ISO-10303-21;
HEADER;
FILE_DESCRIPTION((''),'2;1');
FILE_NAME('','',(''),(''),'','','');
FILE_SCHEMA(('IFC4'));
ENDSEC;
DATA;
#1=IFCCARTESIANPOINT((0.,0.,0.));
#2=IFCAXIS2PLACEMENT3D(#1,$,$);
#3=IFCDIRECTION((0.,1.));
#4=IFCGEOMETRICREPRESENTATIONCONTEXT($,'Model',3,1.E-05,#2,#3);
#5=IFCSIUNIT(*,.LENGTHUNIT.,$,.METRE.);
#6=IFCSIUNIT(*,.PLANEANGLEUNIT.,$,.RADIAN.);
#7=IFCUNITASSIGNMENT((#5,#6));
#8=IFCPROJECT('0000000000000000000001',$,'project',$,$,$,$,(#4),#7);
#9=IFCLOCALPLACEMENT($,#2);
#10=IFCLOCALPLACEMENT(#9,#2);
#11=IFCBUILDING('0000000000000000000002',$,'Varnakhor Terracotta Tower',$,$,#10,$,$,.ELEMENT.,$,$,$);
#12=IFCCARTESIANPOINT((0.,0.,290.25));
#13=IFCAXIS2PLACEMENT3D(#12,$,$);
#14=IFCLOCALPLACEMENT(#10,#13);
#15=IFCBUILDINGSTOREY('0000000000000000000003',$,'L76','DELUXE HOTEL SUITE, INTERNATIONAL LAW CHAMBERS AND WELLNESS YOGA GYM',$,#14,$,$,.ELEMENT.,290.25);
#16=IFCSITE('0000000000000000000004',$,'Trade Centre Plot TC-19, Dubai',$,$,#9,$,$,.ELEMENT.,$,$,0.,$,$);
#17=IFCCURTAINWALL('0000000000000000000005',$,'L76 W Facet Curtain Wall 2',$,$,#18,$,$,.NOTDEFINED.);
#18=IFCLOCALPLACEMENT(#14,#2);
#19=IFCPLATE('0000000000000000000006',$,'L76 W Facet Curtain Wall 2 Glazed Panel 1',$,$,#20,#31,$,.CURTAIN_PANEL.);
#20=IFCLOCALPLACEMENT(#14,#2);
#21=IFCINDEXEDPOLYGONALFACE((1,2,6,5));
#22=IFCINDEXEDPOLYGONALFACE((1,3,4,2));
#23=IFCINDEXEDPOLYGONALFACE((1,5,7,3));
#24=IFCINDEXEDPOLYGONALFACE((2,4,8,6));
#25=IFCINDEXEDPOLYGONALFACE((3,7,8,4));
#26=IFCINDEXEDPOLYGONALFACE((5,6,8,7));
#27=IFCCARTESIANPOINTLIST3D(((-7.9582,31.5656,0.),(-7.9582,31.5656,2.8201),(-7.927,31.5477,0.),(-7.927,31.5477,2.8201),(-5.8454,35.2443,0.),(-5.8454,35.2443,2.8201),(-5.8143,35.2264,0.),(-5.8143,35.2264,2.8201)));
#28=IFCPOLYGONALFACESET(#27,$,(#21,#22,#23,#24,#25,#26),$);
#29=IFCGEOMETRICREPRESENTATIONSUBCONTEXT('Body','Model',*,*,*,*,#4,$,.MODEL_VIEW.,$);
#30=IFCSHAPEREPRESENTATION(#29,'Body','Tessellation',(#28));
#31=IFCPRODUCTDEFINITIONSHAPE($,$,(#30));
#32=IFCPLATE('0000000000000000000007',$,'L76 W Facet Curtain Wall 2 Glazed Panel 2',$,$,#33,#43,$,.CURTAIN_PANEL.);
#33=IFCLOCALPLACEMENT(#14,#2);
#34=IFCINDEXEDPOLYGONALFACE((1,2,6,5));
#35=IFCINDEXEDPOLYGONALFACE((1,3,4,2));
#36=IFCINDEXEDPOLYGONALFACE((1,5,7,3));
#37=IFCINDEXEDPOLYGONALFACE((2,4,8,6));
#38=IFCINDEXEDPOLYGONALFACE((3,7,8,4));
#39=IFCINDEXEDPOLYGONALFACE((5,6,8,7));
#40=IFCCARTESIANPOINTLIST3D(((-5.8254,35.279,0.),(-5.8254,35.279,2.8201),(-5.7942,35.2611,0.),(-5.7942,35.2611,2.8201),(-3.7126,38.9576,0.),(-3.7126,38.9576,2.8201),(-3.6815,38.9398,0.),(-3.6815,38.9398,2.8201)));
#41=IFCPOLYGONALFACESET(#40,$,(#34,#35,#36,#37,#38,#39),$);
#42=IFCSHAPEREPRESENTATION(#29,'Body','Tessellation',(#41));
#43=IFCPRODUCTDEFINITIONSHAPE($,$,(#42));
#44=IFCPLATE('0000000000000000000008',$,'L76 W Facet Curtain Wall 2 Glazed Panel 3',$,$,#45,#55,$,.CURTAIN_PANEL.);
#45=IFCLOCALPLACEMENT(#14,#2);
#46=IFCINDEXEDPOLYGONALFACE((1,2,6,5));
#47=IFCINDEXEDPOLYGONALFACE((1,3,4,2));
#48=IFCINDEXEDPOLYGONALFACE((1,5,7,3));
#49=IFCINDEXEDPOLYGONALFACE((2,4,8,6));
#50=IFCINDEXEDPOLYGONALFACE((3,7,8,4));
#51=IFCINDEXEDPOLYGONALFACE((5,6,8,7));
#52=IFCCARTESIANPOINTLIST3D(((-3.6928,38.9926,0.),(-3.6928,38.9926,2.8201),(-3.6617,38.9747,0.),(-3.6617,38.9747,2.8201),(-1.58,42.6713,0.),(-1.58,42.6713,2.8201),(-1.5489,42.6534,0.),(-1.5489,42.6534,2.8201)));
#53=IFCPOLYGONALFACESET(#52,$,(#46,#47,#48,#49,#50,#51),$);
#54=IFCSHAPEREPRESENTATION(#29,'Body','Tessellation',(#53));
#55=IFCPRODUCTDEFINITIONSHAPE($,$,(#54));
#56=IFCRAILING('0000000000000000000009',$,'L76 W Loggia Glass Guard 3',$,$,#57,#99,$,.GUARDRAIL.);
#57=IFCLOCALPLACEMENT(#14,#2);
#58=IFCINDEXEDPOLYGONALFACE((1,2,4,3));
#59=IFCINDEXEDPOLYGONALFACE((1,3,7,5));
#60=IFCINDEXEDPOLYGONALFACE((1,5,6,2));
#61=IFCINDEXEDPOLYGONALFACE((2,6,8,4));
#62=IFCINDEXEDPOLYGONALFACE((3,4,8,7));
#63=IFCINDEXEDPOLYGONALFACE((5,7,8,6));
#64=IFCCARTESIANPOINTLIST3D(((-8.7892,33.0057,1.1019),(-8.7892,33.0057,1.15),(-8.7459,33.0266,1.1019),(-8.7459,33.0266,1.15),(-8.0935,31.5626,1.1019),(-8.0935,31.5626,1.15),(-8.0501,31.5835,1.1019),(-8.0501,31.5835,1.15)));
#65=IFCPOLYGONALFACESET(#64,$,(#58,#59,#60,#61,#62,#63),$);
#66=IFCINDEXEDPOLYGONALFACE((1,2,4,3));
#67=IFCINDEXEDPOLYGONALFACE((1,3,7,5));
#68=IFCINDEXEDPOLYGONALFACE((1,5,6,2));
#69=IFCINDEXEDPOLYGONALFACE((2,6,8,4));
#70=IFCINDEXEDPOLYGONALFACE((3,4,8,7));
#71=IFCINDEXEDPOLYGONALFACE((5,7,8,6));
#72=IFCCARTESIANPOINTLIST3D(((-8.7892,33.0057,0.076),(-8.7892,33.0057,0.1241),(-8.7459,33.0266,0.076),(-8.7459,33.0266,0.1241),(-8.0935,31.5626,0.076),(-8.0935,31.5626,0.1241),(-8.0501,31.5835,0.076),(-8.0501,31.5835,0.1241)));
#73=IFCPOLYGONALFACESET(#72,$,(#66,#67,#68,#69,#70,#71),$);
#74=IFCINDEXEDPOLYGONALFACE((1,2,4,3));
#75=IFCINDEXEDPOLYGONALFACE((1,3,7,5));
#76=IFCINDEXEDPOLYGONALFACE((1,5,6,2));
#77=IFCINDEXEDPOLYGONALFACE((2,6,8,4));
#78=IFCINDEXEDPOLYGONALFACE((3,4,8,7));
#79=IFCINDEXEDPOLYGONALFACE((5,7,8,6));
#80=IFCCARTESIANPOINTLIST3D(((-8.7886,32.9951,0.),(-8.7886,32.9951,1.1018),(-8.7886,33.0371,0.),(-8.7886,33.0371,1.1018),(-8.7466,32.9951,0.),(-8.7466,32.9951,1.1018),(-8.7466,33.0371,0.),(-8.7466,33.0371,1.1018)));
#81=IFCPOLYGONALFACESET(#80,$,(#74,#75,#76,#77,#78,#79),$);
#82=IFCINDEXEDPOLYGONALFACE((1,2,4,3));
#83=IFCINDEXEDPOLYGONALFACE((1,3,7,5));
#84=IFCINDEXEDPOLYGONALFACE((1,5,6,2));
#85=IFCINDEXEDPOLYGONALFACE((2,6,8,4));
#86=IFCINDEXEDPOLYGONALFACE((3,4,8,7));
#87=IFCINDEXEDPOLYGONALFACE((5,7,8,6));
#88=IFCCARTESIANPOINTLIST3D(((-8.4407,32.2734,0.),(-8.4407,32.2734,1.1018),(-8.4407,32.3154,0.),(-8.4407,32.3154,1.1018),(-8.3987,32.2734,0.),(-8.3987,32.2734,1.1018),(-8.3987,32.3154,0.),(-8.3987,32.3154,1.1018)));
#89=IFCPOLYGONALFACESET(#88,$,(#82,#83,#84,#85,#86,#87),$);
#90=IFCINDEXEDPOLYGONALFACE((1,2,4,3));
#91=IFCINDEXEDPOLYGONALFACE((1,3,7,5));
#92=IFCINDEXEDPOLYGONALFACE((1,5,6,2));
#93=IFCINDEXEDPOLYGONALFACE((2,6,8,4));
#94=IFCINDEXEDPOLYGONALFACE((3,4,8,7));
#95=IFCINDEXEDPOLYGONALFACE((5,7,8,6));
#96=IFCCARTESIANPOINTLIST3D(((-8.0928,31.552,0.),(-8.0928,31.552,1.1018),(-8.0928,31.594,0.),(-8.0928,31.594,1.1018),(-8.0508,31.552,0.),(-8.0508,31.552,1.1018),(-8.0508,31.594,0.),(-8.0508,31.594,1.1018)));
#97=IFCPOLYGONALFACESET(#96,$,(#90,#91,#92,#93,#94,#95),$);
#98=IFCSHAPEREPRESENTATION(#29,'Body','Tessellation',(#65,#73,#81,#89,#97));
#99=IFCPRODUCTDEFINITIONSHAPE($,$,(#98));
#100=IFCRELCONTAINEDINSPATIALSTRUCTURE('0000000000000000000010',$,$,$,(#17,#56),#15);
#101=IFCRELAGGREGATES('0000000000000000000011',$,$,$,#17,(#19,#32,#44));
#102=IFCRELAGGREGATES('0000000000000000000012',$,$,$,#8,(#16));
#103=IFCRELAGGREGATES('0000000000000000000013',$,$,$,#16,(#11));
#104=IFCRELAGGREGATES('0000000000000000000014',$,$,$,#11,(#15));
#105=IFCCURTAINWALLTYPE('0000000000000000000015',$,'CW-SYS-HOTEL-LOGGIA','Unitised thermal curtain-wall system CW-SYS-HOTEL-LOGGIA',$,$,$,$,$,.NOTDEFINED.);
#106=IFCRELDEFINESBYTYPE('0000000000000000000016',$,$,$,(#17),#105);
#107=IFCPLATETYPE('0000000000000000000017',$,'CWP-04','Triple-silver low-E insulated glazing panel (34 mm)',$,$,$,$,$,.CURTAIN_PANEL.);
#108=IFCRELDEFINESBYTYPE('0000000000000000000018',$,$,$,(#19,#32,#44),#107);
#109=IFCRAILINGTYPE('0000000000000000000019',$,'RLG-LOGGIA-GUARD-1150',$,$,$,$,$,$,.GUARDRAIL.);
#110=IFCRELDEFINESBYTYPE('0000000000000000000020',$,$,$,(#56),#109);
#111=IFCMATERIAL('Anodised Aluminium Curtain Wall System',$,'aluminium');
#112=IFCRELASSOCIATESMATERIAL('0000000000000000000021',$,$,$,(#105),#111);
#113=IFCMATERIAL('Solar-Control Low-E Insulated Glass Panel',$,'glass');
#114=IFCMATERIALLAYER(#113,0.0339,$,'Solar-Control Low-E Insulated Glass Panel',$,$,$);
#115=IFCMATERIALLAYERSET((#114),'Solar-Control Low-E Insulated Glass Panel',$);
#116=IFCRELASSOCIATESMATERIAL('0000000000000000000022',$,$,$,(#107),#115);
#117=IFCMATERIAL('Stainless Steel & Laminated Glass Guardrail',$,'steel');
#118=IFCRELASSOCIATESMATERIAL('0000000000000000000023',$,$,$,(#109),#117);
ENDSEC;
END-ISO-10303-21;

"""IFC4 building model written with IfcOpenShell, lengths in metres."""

from ifc_helpers import new_model, si_unit, direction, frame, origin, origin_2d, place, context, subcontext, project, spatial, rectangle, extrude, source, transform, mapped, material, layer, layer_set, type_object, element, aggregate, save


model = new_model("IFC4")

# Units and contexts
model_context = context("Model", 3, precision=1e-05, world=origin(), true_north=direction((0.0, 1.0)))
body_context = subcontext(model_context, "Body", "Model", "MODEL_VIEW")
ifc_project = project(units=[si_unit("LENGTHUNIT", "METRE"), si_unit("PLANEANGLEUNIT", "RADIAN")], contexts=[model_context])

# Site, building, storey
site_placement = place(None, origin())
site = spatial("IfcSite", under=ifc_project, at=site_placement, Name="Trade Centre Plot TC-19, Dubai", CompositionType="ELEMENT", RefElevation=0.0)
building_placement = place(site_placement, origin())
building = spatial("IfcBuilding", under=site, at=building_placement, Name="Varnakhor Terracotta Tower", CompositionType="ELEMENT")
storey_placement = place(building_placement, frame((0.0, 0.0, 290.25)))
storey = spatial("IfcBuildingStorey", under=building, at=storey_placement, Name="L76", Description="DELUXE HOTEL SUITE, INTERNATIONAL LAW CHAMBERS AND WELLNESS YOGA GYM", CompositionType="ELEMENT", Elevation=290.25)

# Curtain wall
ifc_material_1 = material(Name="Anodised Aluminium Curtain Wall System", Category="aluminium")
curtain_wall_type = type_object("IfcCurtainWallType", Name="CW-SYS-HOTEL-LOGGIA", Description="Unitised thermal curtain-wall system CW-SYS-HOTEL-LOGGIA", PredefinedType="NOTDEFINED", material=ifc_material_1)
curtain_wall_placement = place(storey_placement, origin())
curtain_wall = element("IfcCurtainWall", 1, at=curtain_wall_placement, inside=storey, type_object=curtain_wall_type, Name="L76 W Facet Curtain Wall 2", PredefinedType="NOTDEFINED")

# Plates
ifc_material_2 = material(Name="Solar-Control Low-E Insulated Glass Panel", Category="glass")
ifc_layer = layer(ifc_material_2, 0.0339, Name="Solar-Control Low-E Insulated Glass Panel")
ifc_layer_set = layer_set([ifc_layer], Name="Solar-Control Low-E Insulated Glass Panel")
plate_type = type_object("IfcPlateType", Name="CWP-04", Description="Triple-silver low-E insulated glazing panel (34 mm)", PredefinedType="CURTAIN_PANEL", material=ifc_layer_set)
shared_shape_1 = source(origin(), body_context, "Body", "SweptSolid", [
    extrude(rectangle(XDim=4.2422, YDim=0.0359, at=origin_2d()), origin(), (0.0, 0.0, 1.0), 2.8201),
])
plate_1_placement = place(storey_placement, frame((-6.8862, 33.396, 0.0), z_axis=(0.0, 0.0, 1.0), x_axis=(0.498034, 0.867158, 0.0)))
plate_1 = element("IfcPlate", 2, at=plate_1_placement, type_object=plate_type, Name="L76 W Facet Curtain Wall 2 Glazed Panel 1", PredefinedType="CURTAIN_PANEL", context=body_context, shape_type="MappedRepresentation", body=[
    mapped(shared_shape_1, transform((0.0, 0.0, 0.0), scale=1.0)),
])
plate_2_placement = place(storey_placement, frame((-4.7534, 37.1094, 0.0), z_axis=(0.0, 0.0, 1.0), x_axis=(0.498034, 0.867158, 0.0)))
plate_2 = element("IfcPlate", 3, at=plate_2_placement, type_object=plate_type, Name="L76 W Facet Curtain Wall 2 Glazed Panel 2", PredefinedType="CURTAIN_PANEL", context=body_context, shape_type="MappedRepresentation", body=[
    mapped(shared_shape_1, transform((0.0, 0.0, 0.0), scale=1.0)),
])
plate_3_placement = place(storey_placement, frame((-2.6208, 40.823, 0.0), z_axis=(0.0, 0.0, 1.0), x_axis=(0.498034, 0.867158, 0.0)))
plate_3 = element("IfcPlate", 4, at=plate_3_placement, type_object=plate_type, Name="L76 W Facet Curtain Wall 2 Glazed Panel 3", PredefinedType="CURTAIN_PANEL", context=body_context, shape_type="MappedRepresentation", body=[
    mapped(shared_shape_1, transform((0.0, 0.0, 0.0), scale=1.0)),
])
aggregate(curtain_wall, [plate_1, plate_2, plate_3])

# Railing
ifc_material_3 = material(Name="Stainless Steel & Laminated Glass Guardrail", Category="steel")
railing_type = type_object("IfcRailingType", Name="RLG-LOGGIA-GUARD-1150", PredefinedType="GUARDRAIL", material=ifc_material_3)
railing_placement = place(storey_placement, frame((-8.7676, 33.0161, 0.0)))
element("IfcRailing", 5, at=railing_placement, inside=storey, type_object=railing_type, Name="L76 W Loggia Glass Guard 3", PredefinedType="GUARDRAIL", context=body_context, shape_type="SweptSolid", body=[
    extrude(rectangle(XDim=0.0481, YDim=0.0481, at=origin_2d()), frame((0.0, 0.0, 1.126), z_axis=(0.434306, -0.900765, 0.0), x_axis=(0.900765, 0.434306, 0.0)), (0.0, 0.0, 1.0), 1.6021),
    extrude(rectangle(XDim=0.0481, YDim=0.0481, at=origin_2d()), frame((0.0, 0.0, 0.1001), z_axis=(0.434306, -0.900765, 0.0), x_axis=(0.900765, 0.434306, 0.0)), (0.0, 0.0, 1.0), 1.6021),
    extrude(rectangle(XDim=0.042, YDim=0.042, at=origin_2d()), origin(), (0.0, 0.0, 1.0), 1.1018),
    extrude(rectangle(XDim=0.042, YDim=0.042, at=origin_2d()), frame((0.3479, -0.7217, 0.0)), (0.0, 0.0, 1.0), 1.1018),
    extrude(rectangle(XDim=0.042, YDim=0.042, at=origin_2d()), frame((0.6958, -1.4431, 0.0)), (0.0, 0.0, 1.0), 1.1018),
])

save(model, "model.ifc")
